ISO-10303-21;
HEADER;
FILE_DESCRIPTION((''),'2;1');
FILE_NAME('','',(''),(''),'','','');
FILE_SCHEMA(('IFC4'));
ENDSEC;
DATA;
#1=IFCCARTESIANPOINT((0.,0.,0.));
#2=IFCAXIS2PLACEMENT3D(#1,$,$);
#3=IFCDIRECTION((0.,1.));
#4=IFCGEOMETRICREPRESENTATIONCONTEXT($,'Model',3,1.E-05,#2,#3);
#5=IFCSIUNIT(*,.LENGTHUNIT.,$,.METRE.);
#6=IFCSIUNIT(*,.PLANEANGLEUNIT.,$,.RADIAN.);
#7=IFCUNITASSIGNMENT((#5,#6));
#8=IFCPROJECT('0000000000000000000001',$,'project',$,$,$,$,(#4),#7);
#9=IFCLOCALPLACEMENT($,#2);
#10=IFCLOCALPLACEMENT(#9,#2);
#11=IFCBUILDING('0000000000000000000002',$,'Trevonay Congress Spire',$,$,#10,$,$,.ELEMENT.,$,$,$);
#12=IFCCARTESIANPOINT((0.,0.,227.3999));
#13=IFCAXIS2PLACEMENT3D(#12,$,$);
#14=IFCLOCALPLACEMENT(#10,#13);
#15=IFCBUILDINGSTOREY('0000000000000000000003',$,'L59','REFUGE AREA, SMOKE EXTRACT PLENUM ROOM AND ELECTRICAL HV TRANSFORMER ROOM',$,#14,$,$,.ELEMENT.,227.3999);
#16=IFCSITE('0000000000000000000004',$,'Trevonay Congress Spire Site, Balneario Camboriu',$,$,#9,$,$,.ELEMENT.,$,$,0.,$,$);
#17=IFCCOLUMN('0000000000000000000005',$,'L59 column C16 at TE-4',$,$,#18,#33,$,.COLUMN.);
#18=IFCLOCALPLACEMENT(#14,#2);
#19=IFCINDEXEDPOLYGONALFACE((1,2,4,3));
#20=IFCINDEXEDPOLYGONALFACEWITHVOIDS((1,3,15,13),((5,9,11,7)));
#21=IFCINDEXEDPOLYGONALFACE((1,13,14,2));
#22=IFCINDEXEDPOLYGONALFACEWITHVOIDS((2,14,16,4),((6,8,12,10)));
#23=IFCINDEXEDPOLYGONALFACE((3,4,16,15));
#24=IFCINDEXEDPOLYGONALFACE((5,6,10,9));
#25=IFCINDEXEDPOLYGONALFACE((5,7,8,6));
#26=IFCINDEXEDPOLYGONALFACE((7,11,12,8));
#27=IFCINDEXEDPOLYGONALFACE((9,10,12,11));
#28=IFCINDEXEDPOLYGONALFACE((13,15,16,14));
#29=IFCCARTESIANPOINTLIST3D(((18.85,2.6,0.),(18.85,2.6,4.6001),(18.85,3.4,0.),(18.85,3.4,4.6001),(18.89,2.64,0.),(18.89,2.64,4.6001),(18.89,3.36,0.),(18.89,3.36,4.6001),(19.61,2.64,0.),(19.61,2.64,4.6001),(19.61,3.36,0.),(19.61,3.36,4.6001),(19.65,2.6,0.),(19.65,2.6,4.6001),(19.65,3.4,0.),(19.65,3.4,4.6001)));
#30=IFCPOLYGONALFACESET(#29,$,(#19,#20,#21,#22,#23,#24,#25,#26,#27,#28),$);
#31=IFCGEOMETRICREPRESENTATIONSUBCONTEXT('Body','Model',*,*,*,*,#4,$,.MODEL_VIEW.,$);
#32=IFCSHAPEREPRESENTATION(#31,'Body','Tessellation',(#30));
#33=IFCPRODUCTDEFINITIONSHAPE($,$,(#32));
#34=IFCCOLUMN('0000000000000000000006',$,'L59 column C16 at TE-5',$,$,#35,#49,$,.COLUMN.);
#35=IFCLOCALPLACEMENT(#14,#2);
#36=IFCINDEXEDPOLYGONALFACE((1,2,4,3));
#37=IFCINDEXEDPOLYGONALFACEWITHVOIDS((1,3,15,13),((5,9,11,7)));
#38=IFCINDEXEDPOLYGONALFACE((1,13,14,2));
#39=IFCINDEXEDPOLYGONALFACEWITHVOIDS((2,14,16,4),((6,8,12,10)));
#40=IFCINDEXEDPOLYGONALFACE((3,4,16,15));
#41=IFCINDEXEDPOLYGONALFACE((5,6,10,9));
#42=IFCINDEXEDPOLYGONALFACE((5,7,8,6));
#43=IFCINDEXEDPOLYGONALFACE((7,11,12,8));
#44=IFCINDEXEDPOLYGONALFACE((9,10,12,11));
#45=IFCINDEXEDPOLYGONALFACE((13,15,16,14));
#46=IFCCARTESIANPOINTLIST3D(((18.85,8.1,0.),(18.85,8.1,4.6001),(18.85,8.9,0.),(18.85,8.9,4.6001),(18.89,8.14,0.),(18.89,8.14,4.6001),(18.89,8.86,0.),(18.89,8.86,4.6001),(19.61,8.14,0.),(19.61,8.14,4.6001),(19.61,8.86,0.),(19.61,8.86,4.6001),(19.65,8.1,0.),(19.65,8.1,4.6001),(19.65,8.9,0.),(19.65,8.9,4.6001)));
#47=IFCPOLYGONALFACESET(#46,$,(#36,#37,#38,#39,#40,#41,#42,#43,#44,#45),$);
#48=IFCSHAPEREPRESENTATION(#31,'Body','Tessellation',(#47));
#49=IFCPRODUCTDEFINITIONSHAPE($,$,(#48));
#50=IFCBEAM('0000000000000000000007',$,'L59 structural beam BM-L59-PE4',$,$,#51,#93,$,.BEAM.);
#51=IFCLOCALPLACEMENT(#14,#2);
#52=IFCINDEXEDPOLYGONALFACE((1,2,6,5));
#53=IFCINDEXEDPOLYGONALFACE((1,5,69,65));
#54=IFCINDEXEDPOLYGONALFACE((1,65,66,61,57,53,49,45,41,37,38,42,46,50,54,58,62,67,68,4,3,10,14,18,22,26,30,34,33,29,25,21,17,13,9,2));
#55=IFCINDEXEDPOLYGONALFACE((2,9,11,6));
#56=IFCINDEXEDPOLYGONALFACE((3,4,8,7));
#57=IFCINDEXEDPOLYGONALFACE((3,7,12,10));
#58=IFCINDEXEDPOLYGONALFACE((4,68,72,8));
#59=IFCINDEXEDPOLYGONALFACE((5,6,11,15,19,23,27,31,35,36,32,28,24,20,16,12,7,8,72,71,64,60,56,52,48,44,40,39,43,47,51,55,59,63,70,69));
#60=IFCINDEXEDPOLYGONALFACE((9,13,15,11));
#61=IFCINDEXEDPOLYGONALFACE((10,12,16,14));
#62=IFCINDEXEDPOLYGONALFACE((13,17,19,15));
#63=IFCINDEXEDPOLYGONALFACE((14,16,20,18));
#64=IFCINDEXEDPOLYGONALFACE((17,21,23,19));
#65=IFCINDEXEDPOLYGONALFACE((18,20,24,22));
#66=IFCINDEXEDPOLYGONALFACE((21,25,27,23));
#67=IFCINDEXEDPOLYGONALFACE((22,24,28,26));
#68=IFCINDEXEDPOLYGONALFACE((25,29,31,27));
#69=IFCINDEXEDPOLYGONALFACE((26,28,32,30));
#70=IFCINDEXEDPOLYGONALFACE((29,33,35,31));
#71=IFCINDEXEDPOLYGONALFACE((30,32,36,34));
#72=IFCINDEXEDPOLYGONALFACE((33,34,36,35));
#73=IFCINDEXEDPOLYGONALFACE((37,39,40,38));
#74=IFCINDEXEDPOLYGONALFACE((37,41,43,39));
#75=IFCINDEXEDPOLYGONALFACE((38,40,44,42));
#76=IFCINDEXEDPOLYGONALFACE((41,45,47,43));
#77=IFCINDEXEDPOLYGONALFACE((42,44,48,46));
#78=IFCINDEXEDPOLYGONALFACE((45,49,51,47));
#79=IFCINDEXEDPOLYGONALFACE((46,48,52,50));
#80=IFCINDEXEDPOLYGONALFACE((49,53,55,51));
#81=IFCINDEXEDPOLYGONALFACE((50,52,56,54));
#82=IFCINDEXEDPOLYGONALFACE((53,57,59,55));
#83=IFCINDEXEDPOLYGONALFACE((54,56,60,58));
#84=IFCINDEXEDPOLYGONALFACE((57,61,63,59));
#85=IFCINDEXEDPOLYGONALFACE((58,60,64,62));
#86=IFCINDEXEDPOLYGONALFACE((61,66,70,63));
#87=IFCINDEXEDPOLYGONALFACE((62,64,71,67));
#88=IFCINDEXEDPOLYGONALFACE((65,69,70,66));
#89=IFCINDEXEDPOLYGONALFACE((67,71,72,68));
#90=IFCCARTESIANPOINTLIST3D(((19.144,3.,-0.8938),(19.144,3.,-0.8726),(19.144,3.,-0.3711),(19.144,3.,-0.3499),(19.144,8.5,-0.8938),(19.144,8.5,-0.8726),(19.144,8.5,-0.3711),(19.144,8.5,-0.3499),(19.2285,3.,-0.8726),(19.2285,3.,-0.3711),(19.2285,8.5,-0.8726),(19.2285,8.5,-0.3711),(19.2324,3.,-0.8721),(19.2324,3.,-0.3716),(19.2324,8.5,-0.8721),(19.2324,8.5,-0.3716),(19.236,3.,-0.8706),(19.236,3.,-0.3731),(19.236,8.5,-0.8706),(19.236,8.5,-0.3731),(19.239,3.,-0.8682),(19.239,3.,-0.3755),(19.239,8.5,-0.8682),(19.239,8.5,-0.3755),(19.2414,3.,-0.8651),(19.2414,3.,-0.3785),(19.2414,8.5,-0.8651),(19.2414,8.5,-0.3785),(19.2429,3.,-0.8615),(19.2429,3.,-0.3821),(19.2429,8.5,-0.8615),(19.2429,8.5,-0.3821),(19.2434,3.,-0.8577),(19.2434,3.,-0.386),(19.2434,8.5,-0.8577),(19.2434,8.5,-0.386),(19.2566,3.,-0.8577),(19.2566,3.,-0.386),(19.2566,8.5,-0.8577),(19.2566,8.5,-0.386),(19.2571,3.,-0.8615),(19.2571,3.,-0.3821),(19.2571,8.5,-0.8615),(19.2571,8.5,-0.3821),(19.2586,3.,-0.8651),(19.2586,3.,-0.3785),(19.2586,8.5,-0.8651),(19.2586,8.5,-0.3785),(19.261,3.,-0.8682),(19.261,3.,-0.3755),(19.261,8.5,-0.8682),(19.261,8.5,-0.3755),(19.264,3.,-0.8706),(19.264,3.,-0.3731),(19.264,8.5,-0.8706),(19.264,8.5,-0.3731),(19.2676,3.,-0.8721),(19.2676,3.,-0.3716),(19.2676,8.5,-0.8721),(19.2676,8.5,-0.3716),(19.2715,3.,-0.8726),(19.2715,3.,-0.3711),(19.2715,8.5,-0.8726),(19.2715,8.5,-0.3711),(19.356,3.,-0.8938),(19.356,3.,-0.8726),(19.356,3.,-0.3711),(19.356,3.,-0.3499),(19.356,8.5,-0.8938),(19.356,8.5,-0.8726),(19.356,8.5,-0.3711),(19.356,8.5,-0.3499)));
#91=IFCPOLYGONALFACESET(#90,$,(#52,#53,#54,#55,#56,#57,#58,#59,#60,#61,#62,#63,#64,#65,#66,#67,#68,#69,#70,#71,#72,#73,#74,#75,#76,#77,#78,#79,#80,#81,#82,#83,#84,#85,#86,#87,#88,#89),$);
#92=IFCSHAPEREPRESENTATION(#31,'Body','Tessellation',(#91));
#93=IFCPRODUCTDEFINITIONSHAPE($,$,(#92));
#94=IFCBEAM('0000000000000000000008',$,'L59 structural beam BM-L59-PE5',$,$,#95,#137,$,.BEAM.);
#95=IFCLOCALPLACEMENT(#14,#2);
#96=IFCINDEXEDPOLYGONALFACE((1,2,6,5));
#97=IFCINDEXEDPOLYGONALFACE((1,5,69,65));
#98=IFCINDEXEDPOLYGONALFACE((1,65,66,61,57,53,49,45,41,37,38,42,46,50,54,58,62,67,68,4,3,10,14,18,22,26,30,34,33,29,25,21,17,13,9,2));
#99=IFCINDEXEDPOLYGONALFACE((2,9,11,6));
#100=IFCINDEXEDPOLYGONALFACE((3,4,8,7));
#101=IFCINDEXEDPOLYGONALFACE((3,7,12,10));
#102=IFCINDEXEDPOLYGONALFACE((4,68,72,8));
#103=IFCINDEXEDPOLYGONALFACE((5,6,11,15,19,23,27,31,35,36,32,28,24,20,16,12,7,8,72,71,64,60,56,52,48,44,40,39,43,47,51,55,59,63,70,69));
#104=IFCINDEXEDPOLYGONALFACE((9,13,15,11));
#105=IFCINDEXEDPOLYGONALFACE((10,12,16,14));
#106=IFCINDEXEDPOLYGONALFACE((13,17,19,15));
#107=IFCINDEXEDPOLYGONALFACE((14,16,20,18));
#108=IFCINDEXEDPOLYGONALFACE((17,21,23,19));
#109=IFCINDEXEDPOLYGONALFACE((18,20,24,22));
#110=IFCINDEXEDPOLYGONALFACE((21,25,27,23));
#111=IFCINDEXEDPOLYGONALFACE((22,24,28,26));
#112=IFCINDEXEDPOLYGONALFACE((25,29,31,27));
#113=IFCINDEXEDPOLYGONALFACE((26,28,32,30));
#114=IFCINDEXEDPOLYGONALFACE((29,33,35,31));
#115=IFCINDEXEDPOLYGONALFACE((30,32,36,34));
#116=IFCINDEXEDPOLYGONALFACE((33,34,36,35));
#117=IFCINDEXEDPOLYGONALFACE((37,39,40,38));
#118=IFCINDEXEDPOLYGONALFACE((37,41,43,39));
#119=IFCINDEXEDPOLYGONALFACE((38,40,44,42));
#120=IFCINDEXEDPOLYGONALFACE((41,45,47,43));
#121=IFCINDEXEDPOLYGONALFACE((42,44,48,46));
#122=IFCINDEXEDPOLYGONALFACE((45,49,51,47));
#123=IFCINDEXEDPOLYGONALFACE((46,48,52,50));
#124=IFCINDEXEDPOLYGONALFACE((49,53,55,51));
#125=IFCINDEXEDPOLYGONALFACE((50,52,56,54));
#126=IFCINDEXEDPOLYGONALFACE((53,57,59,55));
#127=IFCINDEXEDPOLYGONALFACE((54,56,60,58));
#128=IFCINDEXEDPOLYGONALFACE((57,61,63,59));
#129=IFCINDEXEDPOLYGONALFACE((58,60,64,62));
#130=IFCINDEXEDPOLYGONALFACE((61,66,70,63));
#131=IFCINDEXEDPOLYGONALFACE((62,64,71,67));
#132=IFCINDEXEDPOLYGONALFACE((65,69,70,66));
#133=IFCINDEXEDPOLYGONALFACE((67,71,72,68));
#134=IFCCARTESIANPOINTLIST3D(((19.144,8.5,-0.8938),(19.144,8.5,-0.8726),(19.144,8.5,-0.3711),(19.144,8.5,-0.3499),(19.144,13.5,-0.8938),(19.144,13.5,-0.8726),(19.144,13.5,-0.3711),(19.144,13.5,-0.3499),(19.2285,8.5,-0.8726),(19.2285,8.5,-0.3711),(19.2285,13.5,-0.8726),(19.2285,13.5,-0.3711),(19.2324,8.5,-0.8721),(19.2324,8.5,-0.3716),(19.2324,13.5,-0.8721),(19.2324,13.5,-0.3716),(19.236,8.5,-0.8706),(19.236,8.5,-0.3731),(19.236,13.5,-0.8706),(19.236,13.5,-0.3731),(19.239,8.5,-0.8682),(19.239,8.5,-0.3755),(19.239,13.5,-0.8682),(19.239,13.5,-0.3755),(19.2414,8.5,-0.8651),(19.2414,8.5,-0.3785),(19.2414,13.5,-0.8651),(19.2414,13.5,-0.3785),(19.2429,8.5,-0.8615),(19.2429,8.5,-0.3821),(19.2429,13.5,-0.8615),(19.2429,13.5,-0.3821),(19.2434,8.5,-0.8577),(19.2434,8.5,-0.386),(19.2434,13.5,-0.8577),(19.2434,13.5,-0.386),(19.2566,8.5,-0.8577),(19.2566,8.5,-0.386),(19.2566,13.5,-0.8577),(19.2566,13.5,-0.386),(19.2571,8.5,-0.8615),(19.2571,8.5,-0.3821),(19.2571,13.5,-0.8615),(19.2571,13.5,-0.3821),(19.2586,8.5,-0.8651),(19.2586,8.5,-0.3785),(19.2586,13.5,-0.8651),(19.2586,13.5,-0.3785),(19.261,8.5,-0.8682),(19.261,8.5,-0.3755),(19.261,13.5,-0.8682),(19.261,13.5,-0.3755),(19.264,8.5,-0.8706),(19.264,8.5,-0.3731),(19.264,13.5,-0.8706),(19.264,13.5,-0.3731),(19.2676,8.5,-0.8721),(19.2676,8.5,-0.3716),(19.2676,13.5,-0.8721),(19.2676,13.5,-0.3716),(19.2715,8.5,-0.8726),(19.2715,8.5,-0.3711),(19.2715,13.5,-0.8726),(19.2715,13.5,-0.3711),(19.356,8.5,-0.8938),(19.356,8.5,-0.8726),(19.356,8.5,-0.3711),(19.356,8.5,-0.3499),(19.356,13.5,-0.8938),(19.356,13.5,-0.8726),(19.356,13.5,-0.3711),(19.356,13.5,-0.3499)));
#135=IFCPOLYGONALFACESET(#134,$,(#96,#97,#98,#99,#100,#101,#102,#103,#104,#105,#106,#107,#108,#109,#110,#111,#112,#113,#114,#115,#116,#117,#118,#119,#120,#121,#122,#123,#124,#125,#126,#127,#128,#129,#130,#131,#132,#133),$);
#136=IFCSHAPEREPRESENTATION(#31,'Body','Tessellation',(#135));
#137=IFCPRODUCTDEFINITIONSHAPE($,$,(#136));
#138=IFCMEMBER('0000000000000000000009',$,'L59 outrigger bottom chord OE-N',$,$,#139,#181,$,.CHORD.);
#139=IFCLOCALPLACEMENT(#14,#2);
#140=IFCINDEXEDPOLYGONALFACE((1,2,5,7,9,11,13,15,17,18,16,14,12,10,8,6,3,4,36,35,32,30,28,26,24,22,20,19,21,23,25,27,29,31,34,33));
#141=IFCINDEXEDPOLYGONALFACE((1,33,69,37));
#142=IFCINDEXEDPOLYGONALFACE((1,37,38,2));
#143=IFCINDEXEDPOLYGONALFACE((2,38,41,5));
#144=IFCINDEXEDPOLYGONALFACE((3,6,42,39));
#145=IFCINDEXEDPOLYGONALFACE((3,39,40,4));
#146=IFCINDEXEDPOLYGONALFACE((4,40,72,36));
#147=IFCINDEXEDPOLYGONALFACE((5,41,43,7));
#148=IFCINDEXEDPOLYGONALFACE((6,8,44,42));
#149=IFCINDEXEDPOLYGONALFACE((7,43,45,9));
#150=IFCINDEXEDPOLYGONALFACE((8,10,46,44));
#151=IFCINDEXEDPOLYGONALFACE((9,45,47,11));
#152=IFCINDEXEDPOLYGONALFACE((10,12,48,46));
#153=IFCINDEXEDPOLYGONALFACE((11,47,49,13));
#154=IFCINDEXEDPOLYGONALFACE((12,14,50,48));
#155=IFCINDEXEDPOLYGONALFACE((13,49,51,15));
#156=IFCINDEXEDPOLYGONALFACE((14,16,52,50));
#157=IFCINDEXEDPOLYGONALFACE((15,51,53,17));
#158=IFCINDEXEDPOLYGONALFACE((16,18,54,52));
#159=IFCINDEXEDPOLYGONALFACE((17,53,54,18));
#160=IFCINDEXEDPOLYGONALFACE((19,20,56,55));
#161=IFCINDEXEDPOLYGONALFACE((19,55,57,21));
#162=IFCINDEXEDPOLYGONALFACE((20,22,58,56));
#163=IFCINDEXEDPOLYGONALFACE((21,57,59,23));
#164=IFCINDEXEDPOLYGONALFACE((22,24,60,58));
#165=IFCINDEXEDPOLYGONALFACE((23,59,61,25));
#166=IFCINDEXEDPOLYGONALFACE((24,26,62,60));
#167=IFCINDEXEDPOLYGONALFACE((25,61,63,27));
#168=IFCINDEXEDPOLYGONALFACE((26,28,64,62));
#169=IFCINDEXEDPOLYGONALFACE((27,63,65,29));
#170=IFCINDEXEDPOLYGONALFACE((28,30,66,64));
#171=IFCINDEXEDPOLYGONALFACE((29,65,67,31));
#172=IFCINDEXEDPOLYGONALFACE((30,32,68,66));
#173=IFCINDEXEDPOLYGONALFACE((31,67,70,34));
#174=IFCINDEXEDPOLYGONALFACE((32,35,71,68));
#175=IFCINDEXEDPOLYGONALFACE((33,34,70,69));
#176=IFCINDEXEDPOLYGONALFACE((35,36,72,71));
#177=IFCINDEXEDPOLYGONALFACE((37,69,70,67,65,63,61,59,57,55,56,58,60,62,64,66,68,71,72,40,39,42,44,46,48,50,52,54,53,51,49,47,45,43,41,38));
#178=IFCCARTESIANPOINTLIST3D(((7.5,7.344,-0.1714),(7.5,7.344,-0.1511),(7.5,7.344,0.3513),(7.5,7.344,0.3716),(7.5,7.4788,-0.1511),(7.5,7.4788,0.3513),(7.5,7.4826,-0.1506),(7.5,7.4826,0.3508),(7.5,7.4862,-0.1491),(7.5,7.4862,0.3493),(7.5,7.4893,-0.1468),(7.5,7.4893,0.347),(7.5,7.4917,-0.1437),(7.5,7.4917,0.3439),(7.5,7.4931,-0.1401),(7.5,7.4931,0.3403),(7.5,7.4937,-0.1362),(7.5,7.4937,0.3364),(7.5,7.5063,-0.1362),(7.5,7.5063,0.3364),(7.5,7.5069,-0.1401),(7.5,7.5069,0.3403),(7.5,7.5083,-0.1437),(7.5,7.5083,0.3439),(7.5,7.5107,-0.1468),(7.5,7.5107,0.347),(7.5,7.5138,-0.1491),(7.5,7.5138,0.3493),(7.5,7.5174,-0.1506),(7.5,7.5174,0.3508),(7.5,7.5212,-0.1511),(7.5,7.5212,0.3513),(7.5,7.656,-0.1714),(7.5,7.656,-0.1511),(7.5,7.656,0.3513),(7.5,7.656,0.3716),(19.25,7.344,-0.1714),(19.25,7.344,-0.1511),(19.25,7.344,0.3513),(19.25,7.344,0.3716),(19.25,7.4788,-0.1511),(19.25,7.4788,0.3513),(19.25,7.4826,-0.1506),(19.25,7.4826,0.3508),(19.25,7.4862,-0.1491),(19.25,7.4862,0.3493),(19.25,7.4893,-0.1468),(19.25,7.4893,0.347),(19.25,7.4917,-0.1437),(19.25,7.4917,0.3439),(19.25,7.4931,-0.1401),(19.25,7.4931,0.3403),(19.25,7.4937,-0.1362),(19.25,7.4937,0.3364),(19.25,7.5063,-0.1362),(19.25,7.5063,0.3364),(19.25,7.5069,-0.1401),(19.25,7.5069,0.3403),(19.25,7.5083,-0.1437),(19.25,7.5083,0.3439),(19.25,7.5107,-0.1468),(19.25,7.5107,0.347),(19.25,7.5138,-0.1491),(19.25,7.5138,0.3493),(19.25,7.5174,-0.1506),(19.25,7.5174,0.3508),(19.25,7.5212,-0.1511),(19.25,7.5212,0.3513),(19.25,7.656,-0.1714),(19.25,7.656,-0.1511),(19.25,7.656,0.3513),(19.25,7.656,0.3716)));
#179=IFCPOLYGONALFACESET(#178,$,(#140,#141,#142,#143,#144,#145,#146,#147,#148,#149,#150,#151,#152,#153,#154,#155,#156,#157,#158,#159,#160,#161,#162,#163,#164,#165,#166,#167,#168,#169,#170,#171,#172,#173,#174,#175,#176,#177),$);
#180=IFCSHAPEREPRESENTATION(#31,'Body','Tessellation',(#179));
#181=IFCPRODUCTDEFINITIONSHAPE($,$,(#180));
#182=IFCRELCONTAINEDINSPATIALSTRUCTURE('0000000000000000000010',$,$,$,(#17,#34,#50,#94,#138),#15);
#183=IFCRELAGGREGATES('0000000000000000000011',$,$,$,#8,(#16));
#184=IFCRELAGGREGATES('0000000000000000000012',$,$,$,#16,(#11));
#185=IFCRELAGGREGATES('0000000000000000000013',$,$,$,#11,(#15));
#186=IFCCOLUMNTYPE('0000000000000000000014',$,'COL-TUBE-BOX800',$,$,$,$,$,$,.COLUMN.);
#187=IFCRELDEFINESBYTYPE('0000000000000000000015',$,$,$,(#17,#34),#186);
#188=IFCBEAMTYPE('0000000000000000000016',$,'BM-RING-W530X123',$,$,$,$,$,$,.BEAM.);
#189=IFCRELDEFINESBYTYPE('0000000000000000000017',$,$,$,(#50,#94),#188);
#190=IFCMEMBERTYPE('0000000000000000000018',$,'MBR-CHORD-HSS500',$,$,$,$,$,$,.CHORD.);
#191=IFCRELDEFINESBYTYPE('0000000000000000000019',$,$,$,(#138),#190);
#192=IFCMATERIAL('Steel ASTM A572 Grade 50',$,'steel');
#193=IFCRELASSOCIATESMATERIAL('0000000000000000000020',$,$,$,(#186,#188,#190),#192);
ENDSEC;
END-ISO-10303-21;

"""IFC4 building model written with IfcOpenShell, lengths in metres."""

from ifc_helpers import new_model, si_unit, direction, frame, origin, origin_2d, place, context, subcontext, project, spatial, hollow_rectangle, i_section, extrude, material, material_profile, profile_set, type_object, element, save


model = new_model("IFC4")

# Units and contexts
model_context = context("Model", 3, precision=1e-05, world=origin(), true_north=direction((0.0, 1.0)))
body_context = subcontext(model_context, "Body", "Model", "MODEL_VIEW")
ifc_project = project(units=[si_unit("LENGTHUNIT", "METRE"), si_unit("PLANEANGLEUNIT", "RADIAN")], contexts=[model_context])

# Site, building, storey
site_placement = place(None, origin())
site = spatial("IfcSite", under=ifc_project, at=site_placement, Name="Trevonay Congress Spire Site, Balneario Camboriu", CompositionType="ELEMENT", RefElevation=0.0)
building_placement = place(site_placement, origin())
building = spatial("IfcBuilding", under=site, at=building_placement, Name="Trevonay Congress Spire", CompositionType="ELEMENT")
storey_placement = place(building_placement, frame((0.0, 0.0, 227.3999)))
storey = spatial("IfcBuildingStorey", under=building, at=storey_placement, Name="L59", Description="REFUGE AREA, SMOKE EXTRACT PLENUM ROOM AND ELECTRICAL HV TRANSFORMER ROOM", CompositionType="ELEMENT", Elevation=227.3999)

# Columns
ifc_material_1 = material(Name="Steel ASTM A572 Grade 50", Category="steel")
ifc_material_profile_1 = material_profile(ifc_material_1, hollow_rectangle(XDim=0.8, YDim=0.8, WallThickness=0.04, at=origin_2d()), Name="BOX 800x800x40")
ifc_profile_set_1 = profile_set([ifc_material_profile_1], Name="Steel ASTM A572 Grade 50")
column_type = type_object("IfcColumnType", Name="COL-TUBE-BOX800", PredefinedType="COLUMN", material=ifc_profile_set_1)
for number, where, z_axis, x_axis, name in (
    (1, (19.25, 3.0, 0.0), (0.0, 0.0, 1.0), (1.0, 0.0, 0.0), "L59 column C16 at TE-4"),
    (2, (19.25, 8.5, 0.0), (0.0, 0.0, 1.0), (1.0, 0.0, 0.0), "L59 column C16 at TE-5"),
):
    element("IfcColumn", number, at=place(storey_placement, frame(where, z_axis=z_axis, x_axis=x_axis)), inside=storey, type_object=column_type, Name=name, PredefinedType="COLUMN", context=body_context, shape_type="SweptSolid", body=[
        extrude(hollow_rectangle(XDim=0.8, YDim=0.8, WallThickness=0.04, at=origin_2d()), origin(), (0.0, 0.0, 1.0), 4.6001),
    ])

# Beams
ifc_material_profile_2 = material_profile(ifc_material_1, i_section(OverallWidth=0.2119, OverallDepth=0.5439, WebThickness=0.0132, FlangeThickness=0.0212, FilletRadius=0.0149, at=origin_2d()), Name="W530x123")
ifc_profile_set_2 = profile_set([ifc_material_profile_2], Name="Steel ASTM A572 Grade 50")
beam_type = type_object("IfcBeamType", Name="BM-RING-W530X123", PredefinedType="BEAM", material=ifc_profile_set_2)
beam_1_placement = place(storey_placement, frame((19.25, 3.0, -0.6218), z_axis=(0.0, 1.0, 0.0), x_axis=(-1.0, 0.0, 0.0)))
element("IfcBeam", 3, at=beam_1_placement, inside=storey, type_object=beam_type, Name="L59 structural beam BM-L59-PE4", PredefinedType="BEAM", context=body_context, shape_type="SweptSolid", body=[
    extrude(i_section(OverallWidth=0.2119, OverallDepth=0.5439, WebThickness=0.0132, FlangeThickness=0.0212, FilletRadius=0.0149, at=origin_2d()), origin(), (0.0, 0.0, 1.0), 5.5),
])
beam_2_placement = place(storey_placement, frame((19.25, 8.5, -0.6218), z_axis=(0.0, 1.0, 0.0), x_axis=(-1.0, 0.0, 0.0)))
element("IfcBeam", 4, at=beam_2_placement, inside=storey, type_object=beam_type, Name="L59 structural beam BM-L59-PE5", PredefinedType="BEAM", context=body_context, shape_type="SweptSolid", body=[
    extrude(i_section(OverallWidth=0.2119, OverallDepth=0.5439, WebThickness=0.0132, FlangeThickness=0.0212, FilletRadius=0.0149, at=origin_2d()), origin(), (0.0, 0.0, 1.0), 5.0),
])

# Member
ifc_material_profile_3 = material_profile(ifc_material_1, i_section(OverallWidth=0.312, OverallDepth=0.543, WebThickness=0.0127, FlangeThickness=0.0203, FilletRadius=0.0149, at=origin_2d()), Name="W530x150")
ifc_profile_set_3 = profile_set([ifc_material_profile_3], Name="Steel ASTM A572 Grade 50")
member_type_1 = type_object("IfcMemberType", Name="MBR-CHORD-HSS500", PredefinedType="CHORD", material=ifc_profile_set_3)
member_1_placement = place(storey_placement, frame((7.5, 7.5, 0.1001), z_axis=(1.0, 0.0, 0.0), x_axis=(0.0, 1.0, 0.0)))
element("IfcMember", 5, at=member_1_placement, inside=storey, type_object=member_type_1, Name="L59 outrigger bottom chord OE-N", PredefinedType="CHORD", context=body_context, shape_type="SweptSolid", body=[
    extrude(i_section(OverallWidth=0.312, OverallDepth=0.543, WebThickness=0.0127, FlangeThickness=0.0203, FilletRadius=0.0149, at=origin_2d()), origin(), (0.0, 0.0, 1.0), 11.75),
])

save(model, "model.ifc")
